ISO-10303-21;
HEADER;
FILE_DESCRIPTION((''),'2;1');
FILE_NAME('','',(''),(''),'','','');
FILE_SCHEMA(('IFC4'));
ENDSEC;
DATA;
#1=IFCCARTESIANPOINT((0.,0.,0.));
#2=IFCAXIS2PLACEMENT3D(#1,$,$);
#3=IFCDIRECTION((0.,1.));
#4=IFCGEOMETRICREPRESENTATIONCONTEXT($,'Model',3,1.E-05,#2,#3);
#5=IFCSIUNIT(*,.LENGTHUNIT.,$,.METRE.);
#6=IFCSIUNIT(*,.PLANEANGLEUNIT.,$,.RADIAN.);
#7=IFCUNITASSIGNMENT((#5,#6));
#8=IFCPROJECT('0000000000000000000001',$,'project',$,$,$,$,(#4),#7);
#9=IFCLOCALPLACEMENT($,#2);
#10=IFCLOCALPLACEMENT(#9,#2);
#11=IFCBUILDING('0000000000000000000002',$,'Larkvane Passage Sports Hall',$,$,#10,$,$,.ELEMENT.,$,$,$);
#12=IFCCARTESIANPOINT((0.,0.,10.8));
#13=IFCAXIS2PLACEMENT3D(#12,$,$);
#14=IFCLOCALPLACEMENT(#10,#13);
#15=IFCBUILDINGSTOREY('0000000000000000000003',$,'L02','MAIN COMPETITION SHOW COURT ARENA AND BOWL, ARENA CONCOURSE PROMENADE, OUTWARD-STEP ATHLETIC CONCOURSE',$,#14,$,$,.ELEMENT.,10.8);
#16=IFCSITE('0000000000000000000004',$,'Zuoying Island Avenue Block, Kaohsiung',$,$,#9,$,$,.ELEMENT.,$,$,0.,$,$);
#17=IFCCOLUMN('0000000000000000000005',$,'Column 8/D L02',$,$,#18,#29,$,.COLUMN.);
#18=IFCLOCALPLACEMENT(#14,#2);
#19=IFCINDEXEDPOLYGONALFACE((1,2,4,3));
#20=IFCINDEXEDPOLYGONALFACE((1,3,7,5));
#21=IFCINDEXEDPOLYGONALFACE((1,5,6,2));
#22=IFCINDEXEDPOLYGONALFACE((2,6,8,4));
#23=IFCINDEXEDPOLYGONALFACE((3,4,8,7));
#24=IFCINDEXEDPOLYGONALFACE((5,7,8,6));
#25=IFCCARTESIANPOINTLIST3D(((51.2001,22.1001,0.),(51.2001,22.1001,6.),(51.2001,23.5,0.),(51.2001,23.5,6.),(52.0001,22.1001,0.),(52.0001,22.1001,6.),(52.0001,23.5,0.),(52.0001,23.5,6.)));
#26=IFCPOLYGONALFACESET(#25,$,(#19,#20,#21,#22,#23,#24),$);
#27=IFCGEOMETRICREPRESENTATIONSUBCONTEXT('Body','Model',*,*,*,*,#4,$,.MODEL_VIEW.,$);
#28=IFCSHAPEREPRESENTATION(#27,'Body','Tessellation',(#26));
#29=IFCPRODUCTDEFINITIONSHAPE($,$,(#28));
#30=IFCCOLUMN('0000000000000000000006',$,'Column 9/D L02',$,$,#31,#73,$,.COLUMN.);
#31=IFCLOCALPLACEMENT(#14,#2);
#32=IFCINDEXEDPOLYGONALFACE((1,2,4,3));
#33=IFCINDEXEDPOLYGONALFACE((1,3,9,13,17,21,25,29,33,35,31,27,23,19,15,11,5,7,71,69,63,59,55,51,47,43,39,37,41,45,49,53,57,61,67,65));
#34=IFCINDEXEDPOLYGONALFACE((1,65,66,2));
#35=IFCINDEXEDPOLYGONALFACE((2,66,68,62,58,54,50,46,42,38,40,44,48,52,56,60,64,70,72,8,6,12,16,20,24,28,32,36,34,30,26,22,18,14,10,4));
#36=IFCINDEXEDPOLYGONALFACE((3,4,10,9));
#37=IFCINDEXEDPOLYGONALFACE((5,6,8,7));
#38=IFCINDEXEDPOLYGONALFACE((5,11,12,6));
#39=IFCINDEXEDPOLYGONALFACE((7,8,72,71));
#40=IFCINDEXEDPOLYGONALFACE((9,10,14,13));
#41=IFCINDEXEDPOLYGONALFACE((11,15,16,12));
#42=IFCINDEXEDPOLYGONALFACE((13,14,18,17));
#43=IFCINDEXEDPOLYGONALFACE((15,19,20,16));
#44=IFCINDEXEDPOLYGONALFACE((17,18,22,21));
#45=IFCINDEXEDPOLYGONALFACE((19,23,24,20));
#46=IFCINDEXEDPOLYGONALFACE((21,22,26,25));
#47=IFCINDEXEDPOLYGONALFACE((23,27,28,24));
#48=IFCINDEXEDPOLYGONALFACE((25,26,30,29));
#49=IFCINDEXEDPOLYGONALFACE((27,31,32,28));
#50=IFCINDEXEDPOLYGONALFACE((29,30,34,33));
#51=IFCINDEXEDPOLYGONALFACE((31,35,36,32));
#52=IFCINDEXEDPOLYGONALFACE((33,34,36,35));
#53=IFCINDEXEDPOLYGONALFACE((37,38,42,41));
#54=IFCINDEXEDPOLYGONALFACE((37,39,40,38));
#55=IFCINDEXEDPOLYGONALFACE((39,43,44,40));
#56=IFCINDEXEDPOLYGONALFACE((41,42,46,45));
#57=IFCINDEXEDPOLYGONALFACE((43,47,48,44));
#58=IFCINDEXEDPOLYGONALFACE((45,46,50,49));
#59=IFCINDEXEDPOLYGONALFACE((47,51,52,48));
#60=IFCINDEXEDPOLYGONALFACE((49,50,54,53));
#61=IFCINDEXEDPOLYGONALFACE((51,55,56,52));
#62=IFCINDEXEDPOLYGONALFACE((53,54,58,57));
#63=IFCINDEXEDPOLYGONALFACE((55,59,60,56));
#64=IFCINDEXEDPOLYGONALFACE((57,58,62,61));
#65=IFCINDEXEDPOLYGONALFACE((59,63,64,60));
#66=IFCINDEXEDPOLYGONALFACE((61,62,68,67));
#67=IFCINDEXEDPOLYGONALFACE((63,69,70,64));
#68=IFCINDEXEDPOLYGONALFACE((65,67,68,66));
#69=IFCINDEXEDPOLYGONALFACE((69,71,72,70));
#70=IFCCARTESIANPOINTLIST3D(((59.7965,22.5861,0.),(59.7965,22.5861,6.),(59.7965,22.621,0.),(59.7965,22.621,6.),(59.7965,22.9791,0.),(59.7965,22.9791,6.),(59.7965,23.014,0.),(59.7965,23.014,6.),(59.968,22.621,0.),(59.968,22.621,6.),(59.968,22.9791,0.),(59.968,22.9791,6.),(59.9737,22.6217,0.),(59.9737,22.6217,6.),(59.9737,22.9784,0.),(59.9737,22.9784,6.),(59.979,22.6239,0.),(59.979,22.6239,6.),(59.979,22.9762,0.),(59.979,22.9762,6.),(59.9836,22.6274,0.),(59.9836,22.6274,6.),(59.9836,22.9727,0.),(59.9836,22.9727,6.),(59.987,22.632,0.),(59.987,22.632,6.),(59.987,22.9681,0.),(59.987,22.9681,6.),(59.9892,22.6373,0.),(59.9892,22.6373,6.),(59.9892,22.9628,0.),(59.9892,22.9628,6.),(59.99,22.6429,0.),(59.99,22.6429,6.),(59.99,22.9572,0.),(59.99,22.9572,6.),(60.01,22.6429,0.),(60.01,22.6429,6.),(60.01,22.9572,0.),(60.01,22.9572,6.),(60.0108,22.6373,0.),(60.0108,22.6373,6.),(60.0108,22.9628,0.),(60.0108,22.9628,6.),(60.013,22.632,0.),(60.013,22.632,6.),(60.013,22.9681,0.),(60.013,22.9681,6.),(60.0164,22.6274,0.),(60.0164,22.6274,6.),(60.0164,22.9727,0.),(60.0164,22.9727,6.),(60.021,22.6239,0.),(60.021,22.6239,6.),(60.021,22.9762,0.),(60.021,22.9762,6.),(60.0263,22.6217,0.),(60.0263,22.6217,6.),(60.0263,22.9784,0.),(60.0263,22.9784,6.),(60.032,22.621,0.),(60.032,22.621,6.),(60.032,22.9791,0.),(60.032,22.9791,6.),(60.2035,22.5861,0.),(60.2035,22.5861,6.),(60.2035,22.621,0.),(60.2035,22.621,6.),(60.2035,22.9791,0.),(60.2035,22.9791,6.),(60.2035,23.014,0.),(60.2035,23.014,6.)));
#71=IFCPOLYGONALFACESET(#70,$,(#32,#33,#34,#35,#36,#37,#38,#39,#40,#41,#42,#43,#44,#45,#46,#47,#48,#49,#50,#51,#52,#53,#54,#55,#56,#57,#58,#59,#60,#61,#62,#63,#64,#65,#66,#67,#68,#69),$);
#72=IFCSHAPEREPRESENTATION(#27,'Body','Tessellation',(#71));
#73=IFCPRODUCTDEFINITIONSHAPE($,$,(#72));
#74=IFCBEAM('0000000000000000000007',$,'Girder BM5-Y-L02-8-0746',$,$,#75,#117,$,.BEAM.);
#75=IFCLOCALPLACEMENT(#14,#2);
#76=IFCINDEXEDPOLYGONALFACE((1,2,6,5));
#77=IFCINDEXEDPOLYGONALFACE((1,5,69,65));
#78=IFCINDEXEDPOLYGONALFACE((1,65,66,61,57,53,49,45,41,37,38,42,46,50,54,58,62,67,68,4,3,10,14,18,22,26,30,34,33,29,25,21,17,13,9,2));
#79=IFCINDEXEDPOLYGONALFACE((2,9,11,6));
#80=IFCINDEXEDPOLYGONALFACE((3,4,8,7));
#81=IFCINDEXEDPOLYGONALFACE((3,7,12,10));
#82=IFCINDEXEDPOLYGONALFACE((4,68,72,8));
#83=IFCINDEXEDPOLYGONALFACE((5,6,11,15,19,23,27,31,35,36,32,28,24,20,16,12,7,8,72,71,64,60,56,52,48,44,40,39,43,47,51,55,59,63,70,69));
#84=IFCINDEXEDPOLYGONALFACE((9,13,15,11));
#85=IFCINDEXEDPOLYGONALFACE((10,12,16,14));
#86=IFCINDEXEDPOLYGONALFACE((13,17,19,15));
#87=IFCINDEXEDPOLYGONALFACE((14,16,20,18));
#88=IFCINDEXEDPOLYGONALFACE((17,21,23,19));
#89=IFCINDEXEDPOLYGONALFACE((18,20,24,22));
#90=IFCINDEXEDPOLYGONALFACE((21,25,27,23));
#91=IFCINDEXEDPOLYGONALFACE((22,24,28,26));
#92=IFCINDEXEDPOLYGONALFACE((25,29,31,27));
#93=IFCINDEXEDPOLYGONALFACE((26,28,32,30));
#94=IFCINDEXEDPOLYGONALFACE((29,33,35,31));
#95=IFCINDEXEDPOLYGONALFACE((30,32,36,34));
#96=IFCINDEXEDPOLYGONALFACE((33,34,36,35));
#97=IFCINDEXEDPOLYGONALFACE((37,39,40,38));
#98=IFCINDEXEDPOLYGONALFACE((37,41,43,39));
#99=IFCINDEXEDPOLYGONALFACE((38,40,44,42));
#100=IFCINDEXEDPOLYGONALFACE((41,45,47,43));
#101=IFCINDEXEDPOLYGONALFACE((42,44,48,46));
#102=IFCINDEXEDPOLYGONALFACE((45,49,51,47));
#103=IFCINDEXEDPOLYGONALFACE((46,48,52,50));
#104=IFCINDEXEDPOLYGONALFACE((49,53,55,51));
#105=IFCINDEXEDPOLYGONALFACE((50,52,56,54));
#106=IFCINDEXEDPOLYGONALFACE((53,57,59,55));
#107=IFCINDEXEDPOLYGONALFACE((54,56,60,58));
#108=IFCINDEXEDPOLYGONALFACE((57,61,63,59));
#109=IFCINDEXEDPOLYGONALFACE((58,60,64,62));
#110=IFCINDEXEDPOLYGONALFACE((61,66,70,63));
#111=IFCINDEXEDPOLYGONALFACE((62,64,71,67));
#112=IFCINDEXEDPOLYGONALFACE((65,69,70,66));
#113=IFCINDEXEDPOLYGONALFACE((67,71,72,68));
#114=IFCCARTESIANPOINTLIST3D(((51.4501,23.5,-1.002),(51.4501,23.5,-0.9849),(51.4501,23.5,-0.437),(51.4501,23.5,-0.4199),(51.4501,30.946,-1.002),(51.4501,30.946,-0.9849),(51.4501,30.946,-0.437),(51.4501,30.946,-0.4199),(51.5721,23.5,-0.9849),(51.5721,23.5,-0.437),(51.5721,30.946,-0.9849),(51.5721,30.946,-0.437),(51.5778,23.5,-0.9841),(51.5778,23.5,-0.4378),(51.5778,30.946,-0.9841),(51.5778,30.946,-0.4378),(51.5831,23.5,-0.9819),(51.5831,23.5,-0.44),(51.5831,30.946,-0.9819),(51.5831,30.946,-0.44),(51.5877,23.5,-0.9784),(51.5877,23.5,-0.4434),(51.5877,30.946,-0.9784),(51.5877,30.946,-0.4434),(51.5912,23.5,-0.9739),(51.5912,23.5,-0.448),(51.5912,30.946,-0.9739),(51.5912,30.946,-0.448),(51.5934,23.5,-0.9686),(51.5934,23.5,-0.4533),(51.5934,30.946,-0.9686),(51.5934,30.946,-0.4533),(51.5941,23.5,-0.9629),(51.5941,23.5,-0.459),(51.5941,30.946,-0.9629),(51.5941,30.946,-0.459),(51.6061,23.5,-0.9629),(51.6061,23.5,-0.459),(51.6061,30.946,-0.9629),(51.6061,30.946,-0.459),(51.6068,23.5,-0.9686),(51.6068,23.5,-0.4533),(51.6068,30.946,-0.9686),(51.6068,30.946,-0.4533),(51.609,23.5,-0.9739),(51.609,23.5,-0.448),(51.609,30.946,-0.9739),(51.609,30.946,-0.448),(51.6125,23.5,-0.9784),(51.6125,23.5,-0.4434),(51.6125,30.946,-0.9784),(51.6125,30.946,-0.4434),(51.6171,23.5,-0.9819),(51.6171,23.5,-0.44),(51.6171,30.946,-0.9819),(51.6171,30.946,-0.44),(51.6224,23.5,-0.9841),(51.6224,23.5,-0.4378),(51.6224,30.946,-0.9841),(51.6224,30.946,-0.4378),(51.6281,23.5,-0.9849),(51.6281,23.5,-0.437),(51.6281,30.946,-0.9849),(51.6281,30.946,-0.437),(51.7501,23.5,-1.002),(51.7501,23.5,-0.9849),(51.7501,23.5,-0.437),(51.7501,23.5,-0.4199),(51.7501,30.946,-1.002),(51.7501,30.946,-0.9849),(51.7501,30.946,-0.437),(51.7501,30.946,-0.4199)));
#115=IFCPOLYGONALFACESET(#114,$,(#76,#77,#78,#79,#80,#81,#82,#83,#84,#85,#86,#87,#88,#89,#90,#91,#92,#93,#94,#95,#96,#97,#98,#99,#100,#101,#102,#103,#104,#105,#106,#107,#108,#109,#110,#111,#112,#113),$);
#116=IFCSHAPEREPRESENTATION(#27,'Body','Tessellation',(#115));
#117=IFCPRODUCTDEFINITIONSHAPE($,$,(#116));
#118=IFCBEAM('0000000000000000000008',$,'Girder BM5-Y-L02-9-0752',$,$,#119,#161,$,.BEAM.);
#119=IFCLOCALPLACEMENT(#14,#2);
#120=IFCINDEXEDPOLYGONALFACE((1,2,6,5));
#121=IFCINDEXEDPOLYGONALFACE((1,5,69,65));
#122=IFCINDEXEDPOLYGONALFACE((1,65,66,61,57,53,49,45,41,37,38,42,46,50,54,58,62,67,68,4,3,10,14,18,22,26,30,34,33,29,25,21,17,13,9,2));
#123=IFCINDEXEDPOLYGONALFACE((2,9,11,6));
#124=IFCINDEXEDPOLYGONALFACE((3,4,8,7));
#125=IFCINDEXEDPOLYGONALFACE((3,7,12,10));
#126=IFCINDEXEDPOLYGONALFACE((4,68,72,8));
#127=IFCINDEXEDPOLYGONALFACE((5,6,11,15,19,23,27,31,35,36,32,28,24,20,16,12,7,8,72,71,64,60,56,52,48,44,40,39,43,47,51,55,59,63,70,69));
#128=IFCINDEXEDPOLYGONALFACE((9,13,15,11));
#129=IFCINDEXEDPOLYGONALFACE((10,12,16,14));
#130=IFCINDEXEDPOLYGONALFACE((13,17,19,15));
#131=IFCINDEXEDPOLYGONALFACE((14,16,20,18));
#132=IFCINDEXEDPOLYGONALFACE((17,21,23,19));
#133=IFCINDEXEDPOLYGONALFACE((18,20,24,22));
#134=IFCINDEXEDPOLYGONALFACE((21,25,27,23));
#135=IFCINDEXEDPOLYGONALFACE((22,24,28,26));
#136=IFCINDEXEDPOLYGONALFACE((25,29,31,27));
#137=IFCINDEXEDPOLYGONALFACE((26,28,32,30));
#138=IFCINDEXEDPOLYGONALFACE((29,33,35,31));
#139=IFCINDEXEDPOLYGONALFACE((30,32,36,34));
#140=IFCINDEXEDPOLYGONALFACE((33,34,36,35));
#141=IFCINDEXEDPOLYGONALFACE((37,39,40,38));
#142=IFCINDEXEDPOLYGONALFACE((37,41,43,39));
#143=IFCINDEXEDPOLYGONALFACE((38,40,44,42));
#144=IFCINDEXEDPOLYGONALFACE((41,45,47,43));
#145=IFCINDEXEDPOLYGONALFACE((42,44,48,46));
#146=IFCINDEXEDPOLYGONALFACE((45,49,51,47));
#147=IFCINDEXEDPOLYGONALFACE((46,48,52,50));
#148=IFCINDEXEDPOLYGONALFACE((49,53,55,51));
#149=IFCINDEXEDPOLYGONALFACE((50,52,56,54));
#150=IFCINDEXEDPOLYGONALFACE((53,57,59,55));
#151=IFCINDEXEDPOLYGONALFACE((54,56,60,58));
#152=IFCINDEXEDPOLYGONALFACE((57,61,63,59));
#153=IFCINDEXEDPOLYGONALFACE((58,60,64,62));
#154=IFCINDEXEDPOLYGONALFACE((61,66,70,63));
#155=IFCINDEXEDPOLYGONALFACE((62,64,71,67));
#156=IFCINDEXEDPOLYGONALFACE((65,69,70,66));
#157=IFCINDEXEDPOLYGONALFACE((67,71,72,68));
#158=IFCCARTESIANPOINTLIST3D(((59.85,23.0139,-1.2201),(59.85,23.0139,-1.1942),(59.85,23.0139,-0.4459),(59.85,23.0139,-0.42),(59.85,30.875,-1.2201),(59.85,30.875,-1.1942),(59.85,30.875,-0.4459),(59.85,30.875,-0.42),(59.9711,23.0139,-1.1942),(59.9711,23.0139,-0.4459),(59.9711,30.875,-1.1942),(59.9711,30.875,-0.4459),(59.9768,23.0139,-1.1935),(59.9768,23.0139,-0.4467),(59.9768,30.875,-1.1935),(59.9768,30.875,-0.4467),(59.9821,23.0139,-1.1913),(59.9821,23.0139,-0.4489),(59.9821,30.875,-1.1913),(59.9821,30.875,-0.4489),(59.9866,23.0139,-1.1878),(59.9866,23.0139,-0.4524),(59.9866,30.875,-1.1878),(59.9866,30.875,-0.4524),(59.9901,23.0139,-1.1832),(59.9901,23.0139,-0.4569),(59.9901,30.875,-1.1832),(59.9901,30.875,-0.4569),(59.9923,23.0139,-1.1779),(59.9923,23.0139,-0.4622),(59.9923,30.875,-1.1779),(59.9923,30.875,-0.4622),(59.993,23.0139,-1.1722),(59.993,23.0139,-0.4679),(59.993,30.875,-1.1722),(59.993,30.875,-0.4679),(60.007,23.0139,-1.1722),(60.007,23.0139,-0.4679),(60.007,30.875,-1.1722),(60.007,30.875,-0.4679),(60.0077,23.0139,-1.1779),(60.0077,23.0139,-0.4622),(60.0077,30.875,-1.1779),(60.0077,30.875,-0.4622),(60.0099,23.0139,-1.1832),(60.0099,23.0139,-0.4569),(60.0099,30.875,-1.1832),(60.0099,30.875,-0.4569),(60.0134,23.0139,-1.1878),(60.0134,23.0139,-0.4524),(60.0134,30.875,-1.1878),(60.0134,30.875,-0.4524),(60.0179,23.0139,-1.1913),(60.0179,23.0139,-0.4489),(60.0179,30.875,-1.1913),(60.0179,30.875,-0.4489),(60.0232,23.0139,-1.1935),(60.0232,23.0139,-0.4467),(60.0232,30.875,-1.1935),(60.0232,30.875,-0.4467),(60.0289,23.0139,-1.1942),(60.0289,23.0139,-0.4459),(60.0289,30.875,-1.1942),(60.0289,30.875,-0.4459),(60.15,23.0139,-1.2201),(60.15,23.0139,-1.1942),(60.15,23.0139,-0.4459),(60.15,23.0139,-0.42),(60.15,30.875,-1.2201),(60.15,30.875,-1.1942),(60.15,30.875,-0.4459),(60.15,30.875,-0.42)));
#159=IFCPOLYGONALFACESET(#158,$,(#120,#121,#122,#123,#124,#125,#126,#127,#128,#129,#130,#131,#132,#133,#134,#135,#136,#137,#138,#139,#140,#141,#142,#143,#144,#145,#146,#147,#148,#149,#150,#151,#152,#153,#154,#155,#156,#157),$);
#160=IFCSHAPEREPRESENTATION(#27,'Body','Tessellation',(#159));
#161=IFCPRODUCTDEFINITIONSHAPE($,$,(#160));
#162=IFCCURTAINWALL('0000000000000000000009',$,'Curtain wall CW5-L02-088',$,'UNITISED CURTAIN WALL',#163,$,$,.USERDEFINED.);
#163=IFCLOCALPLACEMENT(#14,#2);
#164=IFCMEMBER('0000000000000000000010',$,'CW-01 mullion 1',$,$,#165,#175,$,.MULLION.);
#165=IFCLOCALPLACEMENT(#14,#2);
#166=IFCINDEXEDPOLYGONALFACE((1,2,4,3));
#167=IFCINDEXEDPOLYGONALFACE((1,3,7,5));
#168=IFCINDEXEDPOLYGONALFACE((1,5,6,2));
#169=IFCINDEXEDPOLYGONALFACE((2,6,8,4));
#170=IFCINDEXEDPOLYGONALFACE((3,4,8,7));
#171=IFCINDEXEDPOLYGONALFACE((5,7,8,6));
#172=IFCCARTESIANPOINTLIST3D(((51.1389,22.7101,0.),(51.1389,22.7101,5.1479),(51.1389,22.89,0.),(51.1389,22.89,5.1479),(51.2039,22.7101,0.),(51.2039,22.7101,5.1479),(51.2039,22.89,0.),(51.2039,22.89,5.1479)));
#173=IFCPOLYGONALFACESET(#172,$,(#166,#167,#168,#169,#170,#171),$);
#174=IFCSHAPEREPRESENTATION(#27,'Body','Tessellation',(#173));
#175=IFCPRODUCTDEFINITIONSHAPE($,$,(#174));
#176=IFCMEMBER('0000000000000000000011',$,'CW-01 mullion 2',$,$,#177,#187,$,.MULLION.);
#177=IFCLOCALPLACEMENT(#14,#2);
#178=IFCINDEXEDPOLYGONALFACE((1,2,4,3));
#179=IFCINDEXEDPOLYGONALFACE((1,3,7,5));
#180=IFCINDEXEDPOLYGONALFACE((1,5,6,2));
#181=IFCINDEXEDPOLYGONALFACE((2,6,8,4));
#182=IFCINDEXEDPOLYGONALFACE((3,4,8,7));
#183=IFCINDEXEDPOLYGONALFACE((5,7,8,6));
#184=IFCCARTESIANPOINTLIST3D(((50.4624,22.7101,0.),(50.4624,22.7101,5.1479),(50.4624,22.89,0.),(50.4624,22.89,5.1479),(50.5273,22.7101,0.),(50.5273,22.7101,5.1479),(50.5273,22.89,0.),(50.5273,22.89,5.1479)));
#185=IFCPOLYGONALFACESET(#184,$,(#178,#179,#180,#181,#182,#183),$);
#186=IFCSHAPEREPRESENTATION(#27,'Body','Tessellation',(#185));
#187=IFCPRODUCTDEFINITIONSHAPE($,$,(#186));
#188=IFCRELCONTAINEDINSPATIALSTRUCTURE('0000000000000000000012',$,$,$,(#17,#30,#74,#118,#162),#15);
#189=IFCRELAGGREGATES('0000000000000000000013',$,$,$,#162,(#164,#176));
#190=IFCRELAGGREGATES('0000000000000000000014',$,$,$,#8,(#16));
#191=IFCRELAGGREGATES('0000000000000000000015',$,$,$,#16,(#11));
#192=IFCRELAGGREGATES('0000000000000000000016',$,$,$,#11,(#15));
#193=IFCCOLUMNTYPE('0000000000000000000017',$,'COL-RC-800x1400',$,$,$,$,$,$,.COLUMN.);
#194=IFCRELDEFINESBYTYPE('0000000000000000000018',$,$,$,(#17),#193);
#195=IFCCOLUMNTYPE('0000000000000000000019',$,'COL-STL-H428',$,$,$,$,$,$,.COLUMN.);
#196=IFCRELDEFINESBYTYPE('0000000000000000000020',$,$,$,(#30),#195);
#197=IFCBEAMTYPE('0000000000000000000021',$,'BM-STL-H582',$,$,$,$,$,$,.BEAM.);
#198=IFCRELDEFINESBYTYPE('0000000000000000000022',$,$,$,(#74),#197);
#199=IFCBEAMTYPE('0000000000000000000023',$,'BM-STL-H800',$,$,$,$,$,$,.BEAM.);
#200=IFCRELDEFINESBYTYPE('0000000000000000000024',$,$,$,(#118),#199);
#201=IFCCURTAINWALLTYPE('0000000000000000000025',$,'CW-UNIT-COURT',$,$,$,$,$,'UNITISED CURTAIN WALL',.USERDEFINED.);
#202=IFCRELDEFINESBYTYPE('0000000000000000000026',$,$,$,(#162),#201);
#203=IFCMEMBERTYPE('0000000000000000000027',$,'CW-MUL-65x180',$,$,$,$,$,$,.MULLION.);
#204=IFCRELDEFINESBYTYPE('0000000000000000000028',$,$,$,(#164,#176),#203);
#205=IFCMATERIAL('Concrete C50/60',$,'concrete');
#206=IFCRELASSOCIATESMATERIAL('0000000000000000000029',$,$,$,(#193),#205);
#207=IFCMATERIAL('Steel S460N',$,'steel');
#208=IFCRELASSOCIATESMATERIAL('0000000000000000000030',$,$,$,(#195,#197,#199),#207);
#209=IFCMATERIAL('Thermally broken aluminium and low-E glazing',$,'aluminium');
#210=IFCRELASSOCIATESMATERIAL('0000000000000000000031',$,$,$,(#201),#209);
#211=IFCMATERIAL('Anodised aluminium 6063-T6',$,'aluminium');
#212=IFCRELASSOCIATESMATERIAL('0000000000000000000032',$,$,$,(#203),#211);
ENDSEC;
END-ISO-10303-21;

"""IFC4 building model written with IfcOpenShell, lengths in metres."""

from ifc_helpers import new_model, si_unit, direction, frame, origin, origin_2d, place, context, subcontext, project, spatial, rectangle, i_section, extrude, material, material_profile, profile_set, type_object, element, aggregate, save


model = new_model("IFC4")

# Units and contexts
model_context = context("Model", 3, precision=1e-05, world=origin(), true_north=direction((0.0, 1.0)))
body_context = subcontext(model_context, "Body", "Model", "MODEL_VIEW")
ifc_project = project(units=[si_unit("LENGTHUNIT", "METRE"), si_unit("PLANEANGLEUNIT", "RADIAN")], contexts=[model_context])

# Site, building, storey
site_placement = place(None, origin())
site = spatial("IfcSite", under=ifc_project, at=site_placement, Name="Zuoying Island Avenue Block, Kaohsiung", CompositionType="ELEMENT", RefElevation=0.0)
building_placement = place(site_placement, origin())
building = spatial("IfcBuilding", under=site, at=building_placement, Name="Larkvane Passage Sports Hall", CompositionType="ELEMENT")
storey_placement = place(building_placement, frame((0.0, 0.0, 10.8)))
storey = spatial("IfcBuildingStorey", under=building, at=storey_placement, Name="L02", Description="MAIN COMPETITION SHOW COURT ARENA AND BOWL, ARENA CONCOURSE PROMENADE, OUTWARD-STEP ATHLETIC CONCOURSE", CompositionType="ELEMENT", Elevation=10.8)

# Columns
ifc_material_1 = material(Name="Concrete C50/60", Category="concrete")
ifc_material_profile_1 = material_profile(ifc_material_1, rectangle(XDim=0.8, YDim=1.3999, at=origin_2d()), Name="RC-COL-800x1400")
ifc_profile_set_1 = profile_set([ifc_material_profile_1], Name="Concrete C50/60")
column_type_1 = type_object("IfcColumnType", Name="COL-RC-800x1400", PredefinedType="COLUMN", material=ifc_profile_set_1)
column_1_placement = place(storey_placement, frame((51.6001, 22.8, 0.0), z_axis=(0.0, 0.0, 1.0), x_axis=(1.0, 0.0, 0.0)))
element("IfcColumn", 1, at=column_1_placement, inside=storey, type_object=column_type_1, Name="Column 8/D L02", PredefinedType="COLUMN", context=body_context, shape_type="SweptSolid", body=[
    extrude(rectangle(XDim=0.8, YDim=1.3999, at=origin_2d()), origin(), (0.0, 0.0, 1.0), 6.0),
])
ifc_material_2 = material(Name="Steel S460N", Category="steel")
ifc_material_profile_2 = material_profile(ifc_material_2, i_section(OverallWidth=0.407, OverallDepth=0.428, WebThickness=0.02, FlangeThickness=0.0349, FilletRadius=0.022, at=origin_2d()), Name="H-428x407x20x35")
ifc_profile_set_2 = profile_set([ifc_material_profile_2], Name="Steel S460N")
column_type_2 = type_object("IfcColumnType", Name="COL-STL-H428", PredefinedType="COLUMN", material=ifc_profile_set_2)
column_2_placement = place(storey_placement, frame((60.0, 22.8, 0.0), z_axis=(0.0, 0.0, 1.0), x_axis=(1.0, 0.0, 0.0)))
element("IfcColumn", 2, at=column_2_placement, inside=storey, type_object=column_type_2, Name="Column 9/D L02", PredefinedType="COLUMN", context=body_context, shape_type="SweptSolid", body=[
    extrude(i_section(OverallWidth=0.407, OverallDepth=0.428, WebThickness=0.02, FlangeThickness=0.0349, FilletRadius=0.022, at=origin_2d()), origin(), (0.0, 0.0, 1.0), 6.0),
])

# Beams
ifc_material_profile_3 = material_profile(ifc_material_2, i_section(OverallWidth=0.3, OverallDepth=0.582, WebThickness=0.012, FlangeThickness=0.0171, FilletRadius=0.022, at=origin_2d()), Name="H-582x300x12x17")
ifc_profile_set_3 = profile_set([ifc_material_profile_3], Name="Steel S460N")
beam_type_1 = type_object("IfcBeamType", Name="BM-STL-H582", PredefinedType="BEAM", material=ifc_profile_set_3)
beam_1_placement = place(storey_placement, frame((51.6001, 23.5, -0.7109), z_axis=(0.0, 1.0, 0.0), x_axis=(-1.0, 0.0, 0.0)))
element("IfcBeam", 3, at=beam_1_placement, inside=storey, type_object=beam_type_1, Name="Girder BM5-Y-L02-8-0746", PredefinedType="BEAM", context=body_context, shape_type="SweptSolid", body=[
    extrude(i_section(OverallWidth=0.3, OverallDepth=0.582, WebThickness=0.012, FlangeThickness=0.0171, FilletRadius=0.022, at=origin_2d()), origin(), (0.0, 0.0, 1.0), 7.446),
])
ifc_material_profile_4 = material_profile(ifc_material_2, i_section(OverallWidth=0.3, OverallDepth=0.8, WebThickness=0.0139, FlangeThickness=0.0259, FilletRadius=0.022, at=origin_2d()), Name="H-800x300x14x26")
ifc_profile_set_4 = profile_set([ifc_material_profile_4], Name="Steel S460N")
beam_type_2 = type_object("IfcBeamType", Name="BM-STL-H800", PredefinedType="BEAM", material=ifc_profile_set_4)
beam_2_placement = place(storey_placement, frame((60.0, 23.0139, -0.8201), z_axis=(0.0, 1.0, 0.0), x_axis=(-1.0, 0.0, 0.0)))
element("IfcBeam", 4, at=beam_2_placement, inside=storey, type_object=beam_type_2, Name="Girder BM5-Y-L02-9-0752", PredefinedType="BEAM", context=body_context, shape_type="SweptSolid", body=[
    extrude(i_section(OverallWidth=0.3, OverallDepth=0.8, WebThickness=0.0139, FlangeThickness=0.0259, FilletRadius=0.022, at=origin_2d()), origin(), (0.0, 0.0, 1.0), 7.8611),
])

# Curtain wall, members
ifc_material_3 = material(Name="Thermally broken aluminium and low-E glazing", Category="aluminium")
curtain_wall_type = type_object("IfcCurtainWallType", Name="CW-UNIT-COURT", ElementType="UNITISED CURTAIN WALL", PredefinedType="USERDEFINED", material=ifc_material_3)
curtain_wall_placement = place(storey_placement, origin())
curtain_wall = element("IfcCurtainWall", 5, at=curtain_wall_placement, inside=storey, type_object=curtain_wall_type, Name="Curtain wall CW5-L02-088", ObjectType="UNITISED CURTAIN WALL", PredefinedType="USERDEFINED")
ifc_material_4 = material(Name="Anodised aluminium 6063-T6", Category="aluminium")
ifc_material_profile_5 = material_profile(ifc_material_4, rectangle(XDim=0.0649, YDim=0.1799, at=origin_2d()), Name="ALU-MUL-65x180")
ifc_profile_set_5 = profile_set([ifc_material_profile_5], Name="Anodised aluminium 6063-T6")
member_type_1 = type_object("IfcMemberType", Name="CW-MUL-65x180", PredefinedType="MULLION", material=ifc_profile_set_5)
member_1_placement = place(storey_placement, frame((51.1714, 22.8, 0.0), z_axis=(0.0, 0.0, 1.0), x_axis=(-1.0, 0.0, 0.0)))
member_1 = element("IfcMember", 6, at=member_1_placement, type_object=member_type_1, Name="CW-01 mullion 1", PredefinedType="MULLION", context=body_context, shape_type="SweptSolid", body=[
    extrude(rectangle(XDim=0.0649, YDim=0.1799, at=origin_2d()), origin(), (0.0, 0.0, 1.0), 5.1479),
])
member_2_placement = place(storey_placement, frame((50.4949, 22.8, 0.0), z_axis=(0.0, 0.0, 1.0), x_axis=(-1.0, 0.0, 0.0)))
member_2 = element("IfcMember", 7, at=member_2_placement, type_object=member_type_1, Name="CW-01 mullion 2", PredefinedType="MULLION", context=body_context, shape_type="SweptSolid", body=[
    extrude(rectangle(XDim=0.0649, YDim=0.1799, at=origin_2d()), origin(), (0.0, 0.0, 1.0), 5.1479),
])

aggregate(curtain_wall, [member_1, member_2])

save(model, "model.ifc")
